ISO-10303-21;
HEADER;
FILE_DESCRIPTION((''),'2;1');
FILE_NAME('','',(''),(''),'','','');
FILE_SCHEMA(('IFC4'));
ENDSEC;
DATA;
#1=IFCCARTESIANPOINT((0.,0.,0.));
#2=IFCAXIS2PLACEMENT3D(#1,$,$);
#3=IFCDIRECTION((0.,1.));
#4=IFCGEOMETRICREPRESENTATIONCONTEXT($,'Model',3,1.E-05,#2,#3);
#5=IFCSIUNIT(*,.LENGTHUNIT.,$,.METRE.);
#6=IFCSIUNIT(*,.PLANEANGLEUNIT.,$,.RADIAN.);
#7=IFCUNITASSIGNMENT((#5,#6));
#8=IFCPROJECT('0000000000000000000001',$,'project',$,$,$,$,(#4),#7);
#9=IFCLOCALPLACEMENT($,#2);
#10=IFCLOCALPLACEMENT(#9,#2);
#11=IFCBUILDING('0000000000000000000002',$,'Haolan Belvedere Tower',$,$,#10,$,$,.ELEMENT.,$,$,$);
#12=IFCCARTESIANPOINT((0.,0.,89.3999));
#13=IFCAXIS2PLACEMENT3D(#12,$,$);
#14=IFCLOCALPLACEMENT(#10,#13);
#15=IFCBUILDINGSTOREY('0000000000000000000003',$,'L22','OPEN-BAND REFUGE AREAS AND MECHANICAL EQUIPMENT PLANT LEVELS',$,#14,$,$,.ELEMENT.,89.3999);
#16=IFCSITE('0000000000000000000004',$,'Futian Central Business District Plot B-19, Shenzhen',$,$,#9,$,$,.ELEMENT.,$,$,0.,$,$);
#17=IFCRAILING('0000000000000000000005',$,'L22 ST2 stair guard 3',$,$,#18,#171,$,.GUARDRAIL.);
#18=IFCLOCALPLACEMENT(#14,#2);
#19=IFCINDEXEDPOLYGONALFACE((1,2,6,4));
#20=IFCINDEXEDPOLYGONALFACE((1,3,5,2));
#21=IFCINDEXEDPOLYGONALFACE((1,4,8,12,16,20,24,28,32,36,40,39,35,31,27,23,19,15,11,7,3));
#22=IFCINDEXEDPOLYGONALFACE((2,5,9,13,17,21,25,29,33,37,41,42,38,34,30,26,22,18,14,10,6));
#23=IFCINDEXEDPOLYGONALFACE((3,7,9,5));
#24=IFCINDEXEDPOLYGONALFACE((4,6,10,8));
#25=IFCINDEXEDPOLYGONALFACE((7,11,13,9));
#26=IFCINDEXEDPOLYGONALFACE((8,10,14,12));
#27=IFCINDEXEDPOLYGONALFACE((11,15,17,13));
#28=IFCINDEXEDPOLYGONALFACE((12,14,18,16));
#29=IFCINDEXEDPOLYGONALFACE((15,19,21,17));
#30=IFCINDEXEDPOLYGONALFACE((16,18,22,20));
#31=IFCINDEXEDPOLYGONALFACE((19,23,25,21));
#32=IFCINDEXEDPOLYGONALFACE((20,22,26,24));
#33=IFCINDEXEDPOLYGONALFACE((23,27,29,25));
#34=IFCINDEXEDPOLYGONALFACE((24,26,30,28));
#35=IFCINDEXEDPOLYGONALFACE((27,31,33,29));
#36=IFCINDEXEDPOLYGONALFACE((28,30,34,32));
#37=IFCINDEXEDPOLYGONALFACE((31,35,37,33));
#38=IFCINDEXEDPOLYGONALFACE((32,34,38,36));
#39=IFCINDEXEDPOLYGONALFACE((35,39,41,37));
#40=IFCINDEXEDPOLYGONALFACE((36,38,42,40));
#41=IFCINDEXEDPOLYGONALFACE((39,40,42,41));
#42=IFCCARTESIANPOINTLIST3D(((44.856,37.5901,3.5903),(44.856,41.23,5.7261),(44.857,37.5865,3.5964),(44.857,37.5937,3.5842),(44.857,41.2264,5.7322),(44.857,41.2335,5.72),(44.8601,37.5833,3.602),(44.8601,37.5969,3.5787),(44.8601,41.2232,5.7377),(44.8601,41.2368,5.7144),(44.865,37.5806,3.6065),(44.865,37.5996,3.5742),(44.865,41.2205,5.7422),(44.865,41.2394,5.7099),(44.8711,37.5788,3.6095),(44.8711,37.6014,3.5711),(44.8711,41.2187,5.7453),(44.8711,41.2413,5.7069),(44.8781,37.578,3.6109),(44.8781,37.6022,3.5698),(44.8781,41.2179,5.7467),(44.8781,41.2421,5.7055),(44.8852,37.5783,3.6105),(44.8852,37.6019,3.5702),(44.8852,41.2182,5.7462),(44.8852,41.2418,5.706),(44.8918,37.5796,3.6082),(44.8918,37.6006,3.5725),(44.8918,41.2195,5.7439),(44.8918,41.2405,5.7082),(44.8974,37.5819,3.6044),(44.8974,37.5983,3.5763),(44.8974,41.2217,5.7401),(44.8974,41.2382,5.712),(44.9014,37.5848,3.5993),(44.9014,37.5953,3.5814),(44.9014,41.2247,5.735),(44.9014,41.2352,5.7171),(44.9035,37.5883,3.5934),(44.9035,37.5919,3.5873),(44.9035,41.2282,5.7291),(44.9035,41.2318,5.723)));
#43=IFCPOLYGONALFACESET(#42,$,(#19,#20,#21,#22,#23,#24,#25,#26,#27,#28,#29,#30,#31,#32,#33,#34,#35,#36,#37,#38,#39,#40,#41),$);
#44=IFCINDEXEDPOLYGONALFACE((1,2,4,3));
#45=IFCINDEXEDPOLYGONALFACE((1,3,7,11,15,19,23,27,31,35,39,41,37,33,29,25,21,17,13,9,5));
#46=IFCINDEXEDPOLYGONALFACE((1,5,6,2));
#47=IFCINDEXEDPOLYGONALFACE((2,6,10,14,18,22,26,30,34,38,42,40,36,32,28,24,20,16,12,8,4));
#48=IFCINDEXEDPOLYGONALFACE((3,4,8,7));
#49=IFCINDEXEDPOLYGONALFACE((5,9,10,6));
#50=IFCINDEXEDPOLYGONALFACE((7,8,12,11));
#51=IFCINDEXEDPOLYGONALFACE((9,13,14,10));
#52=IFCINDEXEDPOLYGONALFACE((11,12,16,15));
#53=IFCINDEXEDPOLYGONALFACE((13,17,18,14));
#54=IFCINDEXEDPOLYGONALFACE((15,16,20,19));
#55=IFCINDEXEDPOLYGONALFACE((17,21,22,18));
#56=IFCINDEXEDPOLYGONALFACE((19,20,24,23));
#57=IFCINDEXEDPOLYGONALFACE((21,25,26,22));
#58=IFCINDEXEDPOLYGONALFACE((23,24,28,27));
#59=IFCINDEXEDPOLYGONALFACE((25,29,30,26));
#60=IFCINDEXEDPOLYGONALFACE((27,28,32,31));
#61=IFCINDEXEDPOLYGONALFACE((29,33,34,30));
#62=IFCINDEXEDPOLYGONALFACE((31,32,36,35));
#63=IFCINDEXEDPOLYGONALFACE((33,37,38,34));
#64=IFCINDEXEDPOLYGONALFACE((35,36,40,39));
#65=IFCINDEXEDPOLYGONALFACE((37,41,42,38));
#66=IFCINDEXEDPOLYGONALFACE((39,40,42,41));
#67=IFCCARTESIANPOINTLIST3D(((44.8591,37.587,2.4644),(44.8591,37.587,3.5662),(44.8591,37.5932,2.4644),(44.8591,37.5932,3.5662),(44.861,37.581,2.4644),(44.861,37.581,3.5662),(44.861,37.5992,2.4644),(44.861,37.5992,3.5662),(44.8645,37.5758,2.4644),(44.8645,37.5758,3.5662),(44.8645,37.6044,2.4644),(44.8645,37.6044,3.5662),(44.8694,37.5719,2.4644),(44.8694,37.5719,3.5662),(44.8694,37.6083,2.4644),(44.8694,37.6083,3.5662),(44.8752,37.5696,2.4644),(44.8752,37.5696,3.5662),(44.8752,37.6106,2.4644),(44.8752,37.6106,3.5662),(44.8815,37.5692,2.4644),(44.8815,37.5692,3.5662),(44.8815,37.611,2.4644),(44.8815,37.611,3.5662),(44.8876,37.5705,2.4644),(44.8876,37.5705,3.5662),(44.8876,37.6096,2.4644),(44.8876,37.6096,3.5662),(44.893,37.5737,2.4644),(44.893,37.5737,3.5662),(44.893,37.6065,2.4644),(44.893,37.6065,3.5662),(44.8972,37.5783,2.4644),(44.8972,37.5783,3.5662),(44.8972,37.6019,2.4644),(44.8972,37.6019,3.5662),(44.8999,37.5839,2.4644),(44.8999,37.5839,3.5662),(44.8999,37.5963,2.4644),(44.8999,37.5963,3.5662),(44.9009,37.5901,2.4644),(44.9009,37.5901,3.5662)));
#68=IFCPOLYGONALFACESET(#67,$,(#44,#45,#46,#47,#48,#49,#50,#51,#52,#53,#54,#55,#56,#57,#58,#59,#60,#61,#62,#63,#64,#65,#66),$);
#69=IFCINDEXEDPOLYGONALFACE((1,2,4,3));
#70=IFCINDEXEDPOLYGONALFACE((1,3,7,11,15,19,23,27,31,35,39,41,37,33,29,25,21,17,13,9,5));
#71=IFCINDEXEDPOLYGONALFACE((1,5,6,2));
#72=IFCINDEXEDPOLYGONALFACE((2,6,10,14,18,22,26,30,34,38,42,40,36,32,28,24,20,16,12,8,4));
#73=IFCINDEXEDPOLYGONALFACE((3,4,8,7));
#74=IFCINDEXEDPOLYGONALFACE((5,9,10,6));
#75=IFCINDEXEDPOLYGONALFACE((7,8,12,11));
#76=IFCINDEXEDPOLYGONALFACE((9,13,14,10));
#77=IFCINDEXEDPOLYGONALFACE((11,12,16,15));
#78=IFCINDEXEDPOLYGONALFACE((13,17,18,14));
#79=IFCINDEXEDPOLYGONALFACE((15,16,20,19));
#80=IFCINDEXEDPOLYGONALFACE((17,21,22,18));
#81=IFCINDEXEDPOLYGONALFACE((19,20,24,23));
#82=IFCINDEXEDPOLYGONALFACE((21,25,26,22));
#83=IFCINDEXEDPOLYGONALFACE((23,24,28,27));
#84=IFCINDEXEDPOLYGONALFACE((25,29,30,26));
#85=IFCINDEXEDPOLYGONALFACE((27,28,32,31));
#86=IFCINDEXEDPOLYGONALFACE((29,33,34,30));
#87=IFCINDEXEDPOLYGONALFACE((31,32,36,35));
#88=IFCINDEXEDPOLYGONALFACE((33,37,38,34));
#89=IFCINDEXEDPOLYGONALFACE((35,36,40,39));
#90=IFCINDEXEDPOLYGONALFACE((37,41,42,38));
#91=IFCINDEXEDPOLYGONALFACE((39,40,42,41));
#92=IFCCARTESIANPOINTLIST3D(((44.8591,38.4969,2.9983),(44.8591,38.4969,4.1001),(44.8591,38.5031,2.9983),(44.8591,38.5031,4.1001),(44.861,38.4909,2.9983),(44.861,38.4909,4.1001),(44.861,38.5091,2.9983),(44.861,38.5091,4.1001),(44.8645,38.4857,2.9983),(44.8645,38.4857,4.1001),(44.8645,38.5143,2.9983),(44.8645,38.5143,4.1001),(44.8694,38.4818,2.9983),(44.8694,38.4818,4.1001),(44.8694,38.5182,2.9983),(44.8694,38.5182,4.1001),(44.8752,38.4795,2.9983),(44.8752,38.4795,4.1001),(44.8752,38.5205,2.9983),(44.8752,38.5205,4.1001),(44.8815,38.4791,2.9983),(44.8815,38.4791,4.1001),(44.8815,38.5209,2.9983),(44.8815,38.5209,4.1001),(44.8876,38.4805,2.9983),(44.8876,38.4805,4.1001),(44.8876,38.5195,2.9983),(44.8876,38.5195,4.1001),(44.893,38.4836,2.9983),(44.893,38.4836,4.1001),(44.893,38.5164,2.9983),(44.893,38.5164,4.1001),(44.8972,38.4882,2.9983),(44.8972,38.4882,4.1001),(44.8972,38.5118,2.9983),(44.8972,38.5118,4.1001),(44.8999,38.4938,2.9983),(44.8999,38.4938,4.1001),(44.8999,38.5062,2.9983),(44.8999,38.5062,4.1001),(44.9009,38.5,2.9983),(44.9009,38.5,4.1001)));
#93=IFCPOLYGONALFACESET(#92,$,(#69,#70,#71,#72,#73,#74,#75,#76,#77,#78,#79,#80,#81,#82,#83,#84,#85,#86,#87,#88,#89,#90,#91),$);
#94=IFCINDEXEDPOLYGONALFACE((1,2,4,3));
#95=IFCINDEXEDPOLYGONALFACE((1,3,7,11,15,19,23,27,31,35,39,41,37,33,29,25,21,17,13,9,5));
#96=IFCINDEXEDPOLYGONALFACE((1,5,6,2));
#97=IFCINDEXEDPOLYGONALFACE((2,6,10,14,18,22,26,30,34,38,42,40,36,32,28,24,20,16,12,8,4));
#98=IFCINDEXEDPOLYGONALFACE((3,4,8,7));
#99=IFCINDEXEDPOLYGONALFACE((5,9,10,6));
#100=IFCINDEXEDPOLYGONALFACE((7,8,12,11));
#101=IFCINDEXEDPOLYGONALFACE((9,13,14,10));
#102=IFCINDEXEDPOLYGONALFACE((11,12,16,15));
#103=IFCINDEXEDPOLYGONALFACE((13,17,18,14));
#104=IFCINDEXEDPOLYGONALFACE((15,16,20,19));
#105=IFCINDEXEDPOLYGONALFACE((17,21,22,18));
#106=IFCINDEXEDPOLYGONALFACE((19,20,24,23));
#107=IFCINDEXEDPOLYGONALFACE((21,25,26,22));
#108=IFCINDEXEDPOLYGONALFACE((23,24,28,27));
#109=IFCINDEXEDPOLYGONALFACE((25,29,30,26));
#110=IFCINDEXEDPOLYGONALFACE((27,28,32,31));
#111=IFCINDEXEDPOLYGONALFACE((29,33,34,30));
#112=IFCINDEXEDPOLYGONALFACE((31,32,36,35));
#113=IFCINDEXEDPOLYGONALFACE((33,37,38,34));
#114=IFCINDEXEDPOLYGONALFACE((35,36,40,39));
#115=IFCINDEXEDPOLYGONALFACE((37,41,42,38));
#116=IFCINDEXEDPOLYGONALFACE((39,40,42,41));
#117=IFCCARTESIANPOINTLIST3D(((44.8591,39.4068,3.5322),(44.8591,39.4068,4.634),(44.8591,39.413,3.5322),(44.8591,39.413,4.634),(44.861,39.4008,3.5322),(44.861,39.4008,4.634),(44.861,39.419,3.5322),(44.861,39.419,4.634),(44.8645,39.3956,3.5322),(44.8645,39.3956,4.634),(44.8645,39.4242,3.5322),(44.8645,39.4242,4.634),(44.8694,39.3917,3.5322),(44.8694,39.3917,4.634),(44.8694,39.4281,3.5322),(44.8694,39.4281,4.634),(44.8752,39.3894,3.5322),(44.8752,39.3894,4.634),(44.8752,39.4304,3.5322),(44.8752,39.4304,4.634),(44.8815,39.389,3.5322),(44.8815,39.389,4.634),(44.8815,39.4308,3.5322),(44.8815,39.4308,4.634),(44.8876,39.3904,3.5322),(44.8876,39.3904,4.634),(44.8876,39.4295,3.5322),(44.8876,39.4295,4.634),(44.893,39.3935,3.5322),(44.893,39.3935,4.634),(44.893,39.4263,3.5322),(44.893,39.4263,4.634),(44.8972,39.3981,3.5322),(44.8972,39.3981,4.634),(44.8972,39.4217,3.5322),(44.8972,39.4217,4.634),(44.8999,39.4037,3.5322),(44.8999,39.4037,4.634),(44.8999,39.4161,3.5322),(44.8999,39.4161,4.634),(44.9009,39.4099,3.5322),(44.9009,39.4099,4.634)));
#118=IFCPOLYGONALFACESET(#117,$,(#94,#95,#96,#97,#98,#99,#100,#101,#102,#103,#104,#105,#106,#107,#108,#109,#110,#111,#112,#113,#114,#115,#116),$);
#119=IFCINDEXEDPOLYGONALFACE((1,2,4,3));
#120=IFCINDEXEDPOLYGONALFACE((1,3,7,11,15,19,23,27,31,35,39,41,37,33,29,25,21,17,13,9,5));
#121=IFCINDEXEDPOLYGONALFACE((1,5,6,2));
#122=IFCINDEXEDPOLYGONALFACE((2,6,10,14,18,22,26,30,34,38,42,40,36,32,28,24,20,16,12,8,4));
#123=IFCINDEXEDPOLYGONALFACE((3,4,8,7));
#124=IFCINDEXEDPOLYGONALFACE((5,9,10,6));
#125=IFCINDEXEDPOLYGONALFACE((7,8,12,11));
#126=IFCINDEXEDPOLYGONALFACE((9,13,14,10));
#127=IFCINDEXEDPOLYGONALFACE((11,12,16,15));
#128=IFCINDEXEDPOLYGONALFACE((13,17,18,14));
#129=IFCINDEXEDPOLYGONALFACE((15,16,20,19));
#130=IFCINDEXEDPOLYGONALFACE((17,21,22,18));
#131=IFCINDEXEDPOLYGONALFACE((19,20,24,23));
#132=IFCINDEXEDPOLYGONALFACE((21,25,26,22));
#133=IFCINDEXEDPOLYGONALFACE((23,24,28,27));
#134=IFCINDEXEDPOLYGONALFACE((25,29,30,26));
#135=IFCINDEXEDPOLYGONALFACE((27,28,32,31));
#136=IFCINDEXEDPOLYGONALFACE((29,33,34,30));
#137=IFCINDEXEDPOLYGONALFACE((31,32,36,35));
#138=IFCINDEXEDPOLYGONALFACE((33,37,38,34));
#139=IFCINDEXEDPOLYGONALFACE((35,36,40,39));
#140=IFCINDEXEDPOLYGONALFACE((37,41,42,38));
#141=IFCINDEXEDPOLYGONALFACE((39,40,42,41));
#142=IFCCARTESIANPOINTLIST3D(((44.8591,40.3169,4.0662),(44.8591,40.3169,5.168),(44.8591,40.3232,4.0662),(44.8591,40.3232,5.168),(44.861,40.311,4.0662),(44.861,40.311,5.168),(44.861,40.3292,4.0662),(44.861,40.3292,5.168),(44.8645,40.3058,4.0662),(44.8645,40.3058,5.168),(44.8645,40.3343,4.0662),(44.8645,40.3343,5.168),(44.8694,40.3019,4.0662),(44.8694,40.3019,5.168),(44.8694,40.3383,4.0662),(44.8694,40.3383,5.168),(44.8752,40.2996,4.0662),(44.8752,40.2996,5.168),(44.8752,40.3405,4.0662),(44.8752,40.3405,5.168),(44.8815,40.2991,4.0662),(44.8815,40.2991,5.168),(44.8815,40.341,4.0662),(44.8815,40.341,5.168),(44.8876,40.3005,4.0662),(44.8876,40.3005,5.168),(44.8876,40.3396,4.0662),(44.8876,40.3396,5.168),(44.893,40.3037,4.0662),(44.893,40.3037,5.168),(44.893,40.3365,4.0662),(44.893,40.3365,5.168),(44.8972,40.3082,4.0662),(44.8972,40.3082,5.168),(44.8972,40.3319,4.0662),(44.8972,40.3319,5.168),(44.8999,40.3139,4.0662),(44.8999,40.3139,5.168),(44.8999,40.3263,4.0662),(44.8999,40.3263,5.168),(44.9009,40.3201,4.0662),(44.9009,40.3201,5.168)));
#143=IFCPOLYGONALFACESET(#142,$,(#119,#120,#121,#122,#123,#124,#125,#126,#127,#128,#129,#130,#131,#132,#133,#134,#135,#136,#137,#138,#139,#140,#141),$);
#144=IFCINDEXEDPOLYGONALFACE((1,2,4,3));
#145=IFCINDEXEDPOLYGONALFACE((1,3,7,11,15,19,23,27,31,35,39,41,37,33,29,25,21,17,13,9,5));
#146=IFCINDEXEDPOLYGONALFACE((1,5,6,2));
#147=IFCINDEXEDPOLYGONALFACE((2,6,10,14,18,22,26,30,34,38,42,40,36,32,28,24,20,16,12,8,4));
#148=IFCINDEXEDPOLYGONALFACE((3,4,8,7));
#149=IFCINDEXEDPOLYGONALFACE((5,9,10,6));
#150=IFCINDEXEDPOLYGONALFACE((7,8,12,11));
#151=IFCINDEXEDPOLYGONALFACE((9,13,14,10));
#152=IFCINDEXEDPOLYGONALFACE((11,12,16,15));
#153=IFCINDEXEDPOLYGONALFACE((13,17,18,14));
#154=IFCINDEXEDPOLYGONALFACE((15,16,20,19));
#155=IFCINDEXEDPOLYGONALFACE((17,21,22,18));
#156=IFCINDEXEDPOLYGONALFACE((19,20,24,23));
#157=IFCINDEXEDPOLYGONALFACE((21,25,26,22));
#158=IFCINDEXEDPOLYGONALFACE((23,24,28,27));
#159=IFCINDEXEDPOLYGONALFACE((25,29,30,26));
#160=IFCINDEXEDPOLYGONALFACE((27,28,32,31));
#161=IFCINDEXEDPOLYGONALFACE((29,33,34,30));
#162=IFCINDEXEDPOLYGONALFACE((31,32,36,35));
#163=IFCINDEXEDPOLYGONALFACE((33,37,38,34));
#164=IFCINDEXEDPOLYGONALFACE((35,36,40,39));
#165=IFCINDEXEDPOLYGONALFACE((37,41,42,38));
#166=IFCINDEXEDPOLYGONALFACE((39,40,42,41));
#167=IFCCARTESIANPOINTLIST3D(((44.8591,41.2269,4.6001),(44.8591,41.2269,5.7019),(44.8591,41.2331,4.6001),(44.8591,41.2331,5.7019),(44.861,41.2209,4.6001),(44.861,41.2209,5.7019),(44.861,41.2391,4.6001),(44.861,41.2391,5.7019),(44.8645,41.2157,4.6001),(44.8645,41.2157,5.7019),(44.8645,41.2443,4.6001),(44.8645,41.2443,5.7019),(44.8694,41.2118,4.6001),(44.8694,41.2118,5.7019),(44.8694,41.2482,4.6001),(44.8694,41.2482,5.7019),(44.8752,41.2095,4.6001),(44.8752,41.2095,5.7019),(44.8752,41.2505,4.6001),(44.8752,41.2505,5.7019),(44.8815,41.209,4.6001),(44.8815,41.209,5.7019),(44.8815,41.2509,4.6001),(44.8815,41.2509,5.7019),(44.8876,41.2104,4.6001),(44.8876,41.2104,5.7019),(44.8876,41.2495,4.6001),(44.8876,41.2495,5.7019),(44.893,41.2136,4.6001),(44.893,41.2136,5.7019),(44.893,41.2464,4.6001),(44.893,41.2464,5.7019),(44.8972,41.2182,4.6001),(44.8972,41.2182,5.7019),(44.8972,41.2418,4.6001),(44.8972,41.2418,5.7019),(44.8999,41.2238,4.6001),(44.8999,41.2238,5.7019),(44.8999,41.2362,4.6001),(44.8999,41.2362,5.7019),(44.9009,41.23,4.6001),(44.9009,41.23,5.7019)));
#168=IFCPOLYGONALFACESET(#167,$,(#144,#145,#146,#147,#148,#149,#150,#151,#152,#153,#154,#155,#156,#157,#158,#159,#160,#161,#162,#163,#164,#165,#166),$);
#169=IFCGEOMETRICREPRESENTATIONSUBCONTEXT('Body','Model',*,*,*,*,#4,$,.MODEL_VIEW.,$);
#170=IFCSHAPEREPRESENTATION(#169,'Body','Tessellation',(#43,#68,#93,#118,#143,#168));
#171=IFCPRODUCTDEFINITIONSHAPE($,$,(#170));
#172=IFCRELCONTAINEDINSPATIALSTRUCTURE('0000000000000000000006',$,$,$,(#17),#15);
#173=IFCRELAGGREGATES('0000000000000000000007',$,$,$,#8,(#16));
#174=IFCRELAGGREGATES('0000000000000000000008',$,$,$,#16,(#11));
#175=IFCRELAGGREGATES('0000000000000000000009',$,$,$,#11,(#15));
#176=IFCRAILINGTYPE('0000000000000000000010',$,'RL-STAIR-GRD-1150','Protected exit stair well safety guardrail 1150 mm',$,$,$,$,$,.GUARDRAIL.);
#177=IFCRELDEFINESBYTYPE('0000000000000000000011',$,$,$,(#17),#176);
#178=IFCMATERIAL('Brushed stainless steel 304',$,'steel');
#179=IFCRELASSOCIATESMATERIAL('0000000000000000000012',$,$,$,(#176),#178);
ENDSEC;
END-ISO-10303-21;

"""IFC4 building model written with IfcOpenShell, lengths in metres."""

from ifc_helpers import new_model, si_unit, direction, frame, origin, origin_2d, place, context, subcontext, project, spatial, circle, extrude, material, type_object, element, save


model = new_model("IFC4")

# Units and contexts
model_context = context("Model", 3, precision=1e-05, world=origin(), true_north=direction((0.0, 1.0)))
body_context = subcontext(model_context, "Body", "Model", "MODEL_VIEW")
ifc_project = project(units=[si_unit("LENGTHUNIT", "METRE"), si_unit("PLANEANGLEUNIT", "RADIAN")], contexts=[model_context])

# Site, building, storey
site_placement = place(None, origin())
site = spatial("IfcSite", under=ifc_project, at=site_placement, Name="Futian Central Business District Plot B-19, Shenzhen", CompositionType="ELEMENT", RefElevation=0.0)
building_placement = place(site_placement, origin())
building = spatial("IfcBuilding", under=site, at=building_placement, Name="Haolan Belvedere Tower", CompositionType="ELEMENT")
storey_placement = place(building_placement, frame((0.0, 0.0, 89.3999)))
storey = spatial("IfcBuildingStorey", under=building, at=storey_placement, Name="L22", Description="OPEN-BAND REFUGE AREAS AND MECHANICAL EQUIPMENT PLANT LEVELS", CompositionType="ELEMENT", Elevation=89.3999)

# Railing
ifc_material_1 = material(Name="Brushed stainless steel 304", Category="steel")
railing_type_1 = type_object("IfcRailingType", Name="RL-STAIR-GRD-1150", Description="Protected exit stair well safety guardrail 1150 mm", PredefinedType="GUARDRAIL", material=ifc_material_1)
railing_1_placement = place(storey_placement, frame((44.8799, 37.5901, 2.4644)))
element("IfcRailing", 1, at=railing_1_placement, inside=storey, type_object=railing_type_1, Name="L22 ST2 stair guard 3", PredefinedType="GUARDRAIL", context=body_context, shape_type="SweptSolid", body=[
    extrude(circle(Radius=0.0239, at=origin_2d()), frame((0.0, 0.0, 1.126), z_axis=(0.0, 0.86249, 0.506074), x_axis=(-1.0, 0.0, 0.0)), (0.0, 0.0, 1.0), 4.2202),
    extrude(circle(Radius=0.021, at=origin_2d()), origin(), (0.0, 0.0, 1.0), 1.1018),
    extrude(circle(Radius=0.021, at=origin_2d()), frame((0.0, 0.9099, 0.5339)), (0.0, 0.0, 1.0), 1.1018),
    extrude(circle(Radius=0.021, at=origin_2d()), frame((0.0, 1.8198, 1.0679)), (0.0, 0.0, 1.0), 1.1018),
    extrude(circle(Radius=0.021, at=origin_2d()), frame((0.0, 2.73, 1.6018)), (0.0, 0.0, 1.0), 1.1018),
    extrude(circle(Radius=0.021, at=origin_2d()), frame((0.0, 3.6399, 2.1357)), (0.0, 0.0, 1.0), 1.1018),
])

save(model, "model.ifc")
